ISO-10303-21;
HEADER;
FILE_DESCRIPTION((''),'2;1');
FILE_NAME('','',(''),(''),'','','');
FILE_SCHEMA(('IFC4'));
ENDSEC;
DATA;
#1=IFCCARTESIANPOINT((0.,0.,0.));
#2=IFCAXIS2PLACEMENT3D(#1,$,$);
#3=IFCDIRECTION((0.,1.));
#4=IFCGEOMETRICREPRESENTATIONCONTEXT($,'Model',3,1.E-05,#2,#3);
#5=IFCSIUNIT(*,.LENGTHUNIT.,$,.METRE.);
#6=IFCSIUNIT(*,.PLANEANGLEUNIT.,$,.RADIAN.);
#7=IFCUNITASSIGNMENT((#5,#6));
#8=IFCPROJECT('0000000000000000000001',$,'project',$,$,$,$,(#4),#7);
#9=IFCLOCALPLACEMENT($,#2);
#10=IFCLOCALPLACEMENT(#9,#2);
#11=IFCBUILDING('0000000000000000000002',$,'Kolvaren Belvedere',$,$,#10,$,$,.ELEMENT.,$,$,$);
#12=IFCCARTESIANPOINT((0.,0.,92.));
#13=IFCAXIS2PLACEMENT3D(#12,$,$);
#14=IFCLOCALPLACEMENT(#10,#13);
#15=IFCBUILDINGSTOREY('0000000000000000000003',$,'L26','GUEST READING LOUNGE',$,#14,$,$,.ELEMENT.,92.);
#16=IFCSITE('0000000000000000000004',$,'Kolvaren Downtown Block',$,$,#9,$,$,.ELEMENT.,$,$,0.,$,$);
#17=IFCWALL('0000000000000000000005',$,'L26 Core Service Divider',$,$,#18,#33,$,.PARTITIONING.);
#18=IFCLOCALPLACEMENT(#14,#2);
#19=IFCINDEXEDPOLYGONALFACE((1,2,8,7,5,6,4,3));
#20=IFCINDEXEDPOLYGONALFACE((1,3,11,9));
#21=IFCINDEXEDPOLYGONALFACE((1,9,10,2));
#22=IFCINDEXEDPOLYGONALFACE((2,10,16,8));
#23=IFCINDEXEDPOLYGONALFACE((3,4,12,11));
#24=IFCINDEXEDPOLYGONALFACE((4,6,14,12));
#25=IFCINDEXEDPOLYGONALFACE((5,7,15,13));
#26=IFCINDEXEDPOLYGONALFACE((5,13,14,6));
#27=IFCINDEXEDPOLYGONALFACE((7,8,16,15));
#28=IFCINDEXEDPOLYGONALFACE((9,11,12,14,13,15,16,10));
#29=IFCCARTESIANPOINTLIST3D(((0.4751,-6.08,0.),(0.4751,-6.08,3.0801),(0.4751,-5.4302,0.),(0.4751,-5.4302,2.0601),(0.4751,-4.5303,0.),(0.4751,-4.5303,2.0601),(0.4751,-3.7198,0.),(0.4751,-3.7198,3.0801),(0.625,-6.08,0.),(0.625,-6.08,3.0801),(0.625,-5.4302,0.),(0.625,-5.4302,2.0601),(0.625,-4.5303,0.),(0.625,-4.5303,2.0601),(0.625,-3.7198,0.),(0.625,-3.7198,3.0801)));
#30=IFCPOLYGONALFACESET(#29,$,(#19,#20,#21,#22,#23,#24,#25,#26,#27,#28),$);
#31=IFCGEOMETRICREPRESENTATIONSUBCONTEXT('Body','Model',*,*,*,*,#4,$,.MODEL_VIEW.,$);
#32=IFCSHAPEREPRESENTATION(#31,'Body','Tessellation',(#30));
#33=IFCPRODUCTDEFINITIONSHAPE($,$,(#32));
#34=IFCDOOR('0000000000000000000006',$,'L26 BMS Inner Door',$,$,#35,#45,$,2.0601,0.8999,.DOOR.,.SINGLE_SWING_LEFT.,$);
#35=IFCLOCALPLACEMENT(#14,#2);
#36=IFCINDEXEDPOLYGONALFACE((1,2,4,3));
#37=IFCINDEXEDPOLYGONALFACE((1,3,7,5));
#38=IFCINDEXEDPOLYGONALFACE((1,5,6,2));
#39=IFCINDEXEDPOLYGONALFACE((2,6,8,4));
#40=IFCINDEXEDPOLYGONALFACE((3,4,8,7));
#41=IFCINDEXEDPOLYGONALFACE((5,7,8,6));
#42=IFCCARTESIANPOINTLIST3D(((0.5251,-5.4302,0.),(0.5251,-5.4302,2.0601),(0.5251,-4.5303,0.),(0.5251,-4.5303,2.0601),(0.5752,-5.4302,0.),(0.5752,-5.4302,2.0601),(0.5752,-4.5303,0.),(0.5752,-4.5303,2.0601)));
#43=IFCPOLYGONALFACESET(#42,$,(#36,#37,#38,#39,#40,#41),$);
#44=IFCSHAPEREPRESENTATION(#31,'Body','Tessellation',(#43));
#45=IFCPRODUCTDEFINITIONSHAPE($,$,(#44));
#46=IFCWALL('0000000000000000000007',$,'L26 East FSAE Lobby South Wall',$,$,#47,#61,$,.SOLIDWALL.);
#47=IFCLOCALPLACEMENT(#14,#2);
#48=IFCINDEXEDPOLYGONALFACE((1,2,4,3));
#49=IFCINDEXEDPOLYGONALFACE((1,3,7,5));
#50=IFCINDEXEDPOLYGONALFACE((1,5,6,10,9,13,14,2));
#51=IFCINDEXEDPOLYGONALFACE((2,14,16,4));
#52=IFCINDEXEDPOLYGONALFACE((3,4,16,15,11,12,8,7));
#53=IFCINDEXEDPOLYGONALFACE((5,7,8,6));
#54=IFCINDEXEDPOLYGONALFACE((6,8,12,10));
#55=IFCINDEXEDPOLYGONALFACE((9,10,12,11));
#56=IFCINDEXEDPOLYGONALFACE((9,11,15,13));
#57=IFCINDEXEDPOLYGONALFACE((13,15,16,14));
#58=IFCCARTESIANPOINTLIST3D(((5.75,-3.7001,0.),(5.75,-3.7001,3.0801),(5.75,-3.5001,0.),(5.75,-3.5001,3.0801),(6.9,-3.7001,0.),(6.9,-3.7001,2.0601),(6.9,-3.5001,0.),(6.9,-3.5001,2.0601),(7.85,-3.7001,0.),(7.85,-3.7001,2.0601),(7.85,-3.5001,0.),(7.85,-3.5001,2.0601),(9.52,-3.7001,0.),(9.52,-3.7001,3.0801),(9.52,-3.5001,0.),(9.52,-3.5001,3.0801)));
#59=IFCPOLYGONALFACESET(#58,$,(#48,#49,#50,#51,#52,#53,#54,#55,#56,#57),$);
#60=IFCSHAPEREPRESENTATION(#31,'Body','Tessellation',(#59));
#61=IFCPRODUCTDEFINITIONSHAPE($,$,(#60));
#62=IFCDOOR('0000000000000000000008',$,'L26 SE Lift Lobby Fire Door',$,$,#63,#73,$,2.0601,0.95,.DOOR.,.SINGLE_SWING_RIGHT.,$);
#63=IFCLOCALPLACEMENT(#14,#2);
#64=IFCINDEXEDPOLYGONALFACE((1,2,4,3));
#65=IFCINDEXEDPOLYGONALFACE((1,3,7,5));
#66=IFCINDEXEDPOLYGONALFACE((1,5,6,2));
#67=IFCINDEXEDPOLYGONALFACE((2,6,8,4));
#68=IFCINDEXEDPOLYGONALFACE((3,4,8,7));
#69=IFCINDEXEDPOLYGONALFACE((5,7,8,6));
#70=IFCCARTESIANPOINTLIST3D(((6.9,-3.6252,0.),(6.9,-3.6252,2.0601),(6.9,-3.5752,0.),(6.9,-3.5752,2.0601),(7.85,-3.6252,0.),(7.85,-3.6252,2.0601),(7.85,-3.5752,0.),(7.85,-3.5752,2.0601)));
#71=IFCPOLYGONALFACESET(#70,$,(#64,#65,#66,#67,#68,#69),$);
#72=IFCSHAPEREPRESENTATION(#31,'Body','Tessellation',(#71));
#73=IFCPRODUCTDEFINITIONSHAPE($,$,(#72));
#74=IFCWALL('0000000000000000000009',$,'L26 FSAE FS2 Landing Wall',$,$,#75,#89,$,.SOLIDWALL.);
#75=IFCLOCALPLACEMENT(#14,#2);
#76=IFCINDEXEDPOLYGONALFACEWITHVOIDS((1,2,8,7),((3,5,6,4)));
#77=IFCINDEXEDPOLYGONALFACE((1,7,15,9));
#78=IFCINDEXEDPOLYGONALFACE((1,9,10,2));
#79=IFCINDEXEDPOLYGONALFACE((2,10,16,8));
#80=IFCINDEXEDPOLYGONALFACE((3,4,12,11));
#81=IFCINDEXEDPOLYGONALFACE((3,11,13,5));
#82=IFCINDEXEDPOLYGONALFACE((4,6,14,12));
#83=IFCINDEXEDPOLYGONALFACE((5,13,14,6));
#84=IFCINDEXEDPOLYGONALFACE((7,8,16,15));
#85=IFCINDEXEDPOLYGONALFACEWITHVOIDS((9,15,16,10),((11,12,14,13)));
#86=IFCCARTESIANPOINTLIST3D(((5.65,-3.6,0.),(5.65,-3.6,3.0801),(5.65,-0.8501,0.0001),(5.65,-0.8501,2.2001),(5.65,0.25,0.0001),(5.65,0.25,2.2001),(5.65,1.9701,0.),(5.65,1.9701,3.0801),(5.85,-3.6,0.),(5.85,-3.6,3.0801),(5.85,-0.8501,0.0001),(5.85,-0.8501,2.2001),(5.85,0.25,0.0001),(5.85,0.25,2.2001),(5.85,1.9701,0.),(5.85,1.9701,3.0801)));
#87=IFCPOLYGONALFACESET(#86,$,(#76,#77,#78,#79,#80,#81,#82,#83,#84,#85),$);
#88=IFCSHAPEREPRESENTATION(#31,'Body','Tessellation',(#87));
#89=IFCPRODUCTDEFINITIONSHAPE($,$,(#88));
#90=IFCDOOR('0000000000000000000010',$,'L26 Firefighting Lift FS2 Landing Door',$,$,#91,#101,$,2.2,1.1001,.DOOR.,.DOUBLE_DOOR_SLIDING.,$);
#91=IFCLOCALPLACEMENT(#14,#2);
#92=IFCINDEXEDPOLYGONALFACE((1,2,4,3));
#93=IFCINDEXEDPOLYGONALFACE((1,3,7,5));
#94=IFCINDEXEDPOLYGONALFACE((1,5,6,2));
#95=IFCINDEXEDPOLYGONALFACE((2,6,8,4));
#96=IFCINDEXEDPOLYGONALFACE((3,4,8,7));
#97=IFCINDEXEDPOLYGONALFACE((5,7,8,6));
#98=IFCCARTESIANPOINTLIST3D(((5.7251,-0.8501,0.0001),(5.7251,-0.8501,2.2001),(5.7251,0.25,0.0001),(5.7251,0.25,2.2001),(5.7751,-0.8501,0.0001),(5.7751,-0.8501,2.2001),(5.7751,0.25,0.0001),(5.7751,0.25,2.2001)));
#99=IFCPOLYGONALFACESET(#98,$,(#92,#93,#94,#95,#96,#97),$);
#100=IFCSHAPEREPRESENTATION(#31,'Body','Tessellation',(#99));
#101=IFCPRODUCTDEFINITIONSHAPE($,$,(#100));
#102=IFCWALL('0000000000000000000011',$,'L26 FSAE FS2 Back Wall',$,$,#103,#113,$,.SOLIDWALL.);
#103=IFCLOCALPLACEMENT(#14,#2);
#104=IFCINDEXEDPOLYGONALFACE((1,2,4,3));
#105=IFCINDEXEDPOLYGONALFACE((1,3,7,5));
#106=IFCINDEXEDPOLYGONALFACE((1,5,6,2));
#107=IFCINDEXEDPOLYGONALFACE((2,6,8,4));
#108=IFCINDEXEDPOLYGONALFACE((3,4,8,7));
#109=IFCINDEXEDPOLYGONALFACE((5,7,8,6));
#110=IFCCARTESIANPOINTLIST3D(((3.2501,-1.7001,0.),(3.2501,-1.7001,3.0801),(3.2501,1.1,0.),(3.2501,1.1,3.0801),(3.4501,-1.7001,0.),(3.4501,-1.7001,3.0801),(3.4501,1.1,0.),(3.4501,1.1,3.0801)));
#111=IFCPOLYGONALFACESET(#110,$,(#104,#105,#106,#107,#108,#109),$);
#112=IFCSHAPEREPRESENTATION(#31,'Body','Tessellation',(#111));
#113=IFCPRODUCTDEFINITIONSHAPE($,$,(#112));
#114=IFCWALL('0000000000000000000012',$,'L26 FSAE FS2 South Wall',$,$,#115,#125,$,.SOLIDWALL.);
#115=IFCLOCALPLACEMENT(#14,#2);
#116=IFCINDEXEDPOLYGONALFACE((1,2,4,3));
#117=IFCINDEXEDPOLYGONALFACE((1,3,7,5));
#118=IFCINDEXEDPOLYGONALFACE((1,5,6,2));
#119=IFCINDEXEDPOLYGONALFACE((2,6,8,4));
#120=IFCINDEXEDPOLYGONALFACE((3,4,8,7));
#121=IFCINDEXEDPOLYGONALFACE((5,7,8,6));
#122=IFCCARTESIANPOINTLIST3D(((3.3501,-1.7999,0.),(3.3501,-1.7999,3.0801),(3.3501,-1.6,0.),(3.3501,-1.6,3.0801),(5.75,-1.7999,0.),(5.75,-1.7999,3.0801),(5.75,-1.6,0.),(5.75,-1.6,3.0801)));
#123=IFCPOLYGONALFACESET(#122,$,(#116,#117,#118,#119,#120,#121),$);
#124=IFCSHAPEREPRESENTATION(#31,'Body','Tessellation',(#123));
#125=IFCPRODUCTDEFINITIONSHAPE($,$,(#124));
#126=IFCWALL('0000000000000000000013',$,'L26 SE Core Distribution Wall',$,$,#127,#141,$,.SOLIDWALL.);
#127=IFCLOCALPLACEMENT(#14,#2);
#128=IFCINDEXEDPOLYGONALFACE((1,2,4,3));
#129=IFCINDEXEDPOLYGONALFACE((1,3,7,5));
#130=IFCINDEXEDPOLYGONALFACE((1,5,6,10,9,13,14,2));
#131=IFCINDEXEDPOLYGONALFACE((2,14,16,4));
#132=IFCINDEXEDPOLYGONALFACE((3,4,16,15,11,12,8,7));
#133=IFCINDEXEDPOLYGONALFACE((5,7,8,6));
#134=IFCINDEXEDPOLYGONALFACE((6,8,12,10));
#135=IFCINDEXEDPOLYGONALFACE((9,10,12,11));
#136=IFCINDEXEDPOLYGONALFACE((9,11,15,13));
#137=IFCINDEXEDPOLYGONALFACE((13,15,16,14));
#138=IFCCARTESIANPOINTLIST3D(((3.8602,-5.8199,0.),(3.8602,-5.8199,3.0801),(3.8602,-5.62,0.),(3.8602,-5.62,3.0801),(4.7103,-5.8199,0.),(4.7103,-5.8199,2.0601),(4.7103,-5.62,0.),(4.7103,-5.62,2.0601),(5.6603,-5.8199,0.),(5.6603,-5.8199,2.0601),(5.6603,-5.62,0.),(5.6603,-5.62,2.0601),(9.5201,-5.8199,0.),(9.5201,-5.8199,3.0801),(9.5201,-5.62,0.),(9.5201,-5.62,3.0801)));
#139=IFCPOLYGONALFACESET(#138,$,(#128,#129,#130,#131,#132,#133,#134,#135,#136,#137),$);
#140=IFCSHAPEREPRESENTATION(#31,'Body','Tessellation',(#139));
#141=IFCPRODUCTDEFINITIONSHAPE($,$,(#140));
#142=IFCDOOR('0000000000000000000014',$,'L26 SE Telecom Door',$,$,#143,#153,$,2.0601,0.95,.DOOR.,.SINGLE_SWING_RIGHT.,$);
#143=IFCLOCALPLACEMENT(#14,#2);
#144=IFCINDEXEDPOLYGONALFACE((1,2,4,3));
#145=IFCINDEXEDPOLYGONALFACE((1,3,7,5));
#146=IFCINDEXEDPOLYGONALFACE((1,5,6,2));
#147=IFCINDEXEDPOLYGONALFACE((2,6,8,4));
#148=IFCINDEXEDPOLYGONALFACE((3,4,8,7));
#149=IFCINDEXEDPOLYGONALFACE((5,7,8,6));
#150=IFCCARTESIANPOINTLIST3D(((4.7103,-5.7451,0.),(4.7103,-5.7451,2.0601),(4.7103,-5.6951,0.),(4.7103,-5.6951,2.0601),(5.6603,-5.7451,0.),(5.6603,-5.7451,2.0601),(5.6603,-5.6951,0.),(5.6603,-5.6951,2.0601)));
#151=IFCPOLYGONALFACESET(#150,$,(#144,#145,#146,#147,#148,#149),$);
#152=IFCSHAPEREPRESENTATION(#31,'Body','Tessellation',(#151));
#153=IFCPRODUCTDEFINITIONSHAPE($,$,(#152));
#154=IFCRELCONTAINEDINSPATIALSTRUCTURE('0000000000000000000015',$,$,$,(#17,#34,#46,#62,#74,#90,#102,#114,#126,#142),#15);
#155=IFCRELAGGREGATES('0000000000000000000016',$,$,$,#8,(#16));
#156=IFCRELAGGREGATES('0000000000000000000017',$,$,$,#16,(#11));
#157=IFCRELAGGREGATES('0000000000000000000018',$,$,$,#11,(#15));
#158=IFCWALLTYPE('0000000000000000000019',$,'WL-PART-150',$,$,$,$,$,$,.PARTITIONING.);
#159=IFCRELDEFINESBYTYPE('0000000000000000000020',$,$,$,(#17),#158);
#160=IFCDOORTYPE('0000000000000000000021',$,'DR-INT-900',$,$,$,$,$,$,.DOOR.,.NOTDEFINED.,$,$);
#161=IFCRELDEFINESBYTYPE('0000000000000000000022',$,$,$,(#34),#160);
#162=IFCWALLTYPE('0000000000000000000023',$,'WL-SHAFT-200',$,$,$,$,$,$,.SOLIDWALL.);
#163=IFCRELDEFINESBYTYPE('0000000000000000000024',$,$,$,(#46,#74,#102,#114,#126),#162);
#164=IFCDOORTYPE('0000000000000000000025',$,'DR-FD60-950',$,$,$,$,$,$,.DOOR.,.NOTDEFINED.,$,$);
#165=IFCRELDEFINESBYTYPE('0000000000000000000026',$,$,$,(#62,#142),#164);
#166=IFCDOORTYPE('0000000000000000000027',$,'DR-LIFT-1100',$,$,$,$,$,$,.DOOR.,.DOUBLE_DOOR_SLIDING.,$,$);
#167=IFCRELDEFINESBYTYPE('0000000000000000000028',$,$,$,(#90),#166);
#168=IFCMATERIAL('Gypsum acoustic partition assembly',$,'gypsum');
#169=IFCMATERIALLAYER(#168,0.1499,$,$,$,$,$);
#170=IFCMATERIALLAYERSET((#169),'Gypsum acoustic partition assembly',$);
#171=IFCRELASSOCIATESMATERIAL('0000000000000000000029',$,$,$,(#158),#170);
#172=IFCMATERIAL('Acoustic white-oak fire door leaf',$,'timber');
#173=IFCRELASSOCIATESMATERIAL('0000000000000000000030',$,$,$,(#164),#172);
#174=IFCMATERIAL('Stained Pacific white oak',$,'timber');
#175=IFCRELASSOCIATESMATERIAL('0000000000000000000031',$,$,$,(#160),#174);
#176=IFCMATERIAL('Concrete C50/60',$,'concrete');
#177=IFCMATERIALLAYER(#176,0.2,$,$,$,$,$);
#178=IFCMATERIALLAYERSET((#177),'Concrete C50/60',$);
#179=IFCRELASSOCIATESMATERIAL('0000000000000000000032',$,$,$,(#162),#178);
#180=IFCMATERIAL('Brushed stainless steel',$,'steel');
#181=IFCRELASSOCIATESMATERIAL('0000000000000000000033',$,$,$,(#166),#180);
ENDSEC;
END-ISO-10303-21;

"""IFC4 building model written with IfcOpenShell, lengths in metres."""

from ifc_helpers import new_model, si_unit, direction, frame, frame_2d, origin, place, context, subcontext, project, spatial, rectangle, extrude, material, layer, layer_set, type_object, element, fill, save


model = new_model("IFC4")

# Units and contexts
model_context = context("Model", 3, precision=1e-05, world=origin(), true_north=direction((0.0, 1.0)))
body_context = subcontext(model_context, "Body", "Model", "MODEL_VIEW")
ifc_project = project(units=[si_unit("LENGTHUNIT", "METRE"), si_unit("PLANEANGLEUNIT", "RADIAN")], contexts=[model_context])

# Site, building, storey
site_placement = place(None, origin())
site = spatial("IfcSite", under=ifc_project, at=site_placement, Name="Kolvaren Downtown Block", CompositionType="ELEMENT", RefElevation=0.0)
building_placement = place(site_placement, origin())
building = spatial("IfcBuilding", under=site, at=building_placement, Name="Kolvaren Belvedere", CompositionType="ELEMENT")
storey_placement = place(building_placement, frame((0.0, 0.0, 92.0)))
storey = spatial("IfcBuildingStorey", under=building, at=storey_placement, Name="L26", Description="GUEST READING LOUNGE", CompositionType="ELEMENT", Elevation=92.0)

# Walls, openings, doors
ifc_material_1 = material(Name="Gypsum acoustic partition assembly", Category="gypsum")
ifc_layer_1 = layer(ifc_material_1, 0.1499)
ifc_layer_set_1 = layer_set([ifc_layer_1], Name="Gypsum acoustic partition assembly")
wall_type_1 = type_object("IfcWallType", Name="WL-PART-150", PredefinedType="PARTITIONING", material=ifc_layer_set_1)
ifc_material_2 = material(Name="Acoustic white-oak fire door leaf", Category="timber")
door_type_1 = type_object("IfcDoorType", Name="DR-FD60-950", OperationType="NOTDEFINED", PredefinedType="DOOR", material=ifc_material_2)
wall_1_placement = place(storey_placement, frame((0.55, -6.0801, 0.0), z_axis=(0.0, 0.0, 1.0), x_axis=(0.0, 1.0, 0.0)))
wall_1 = element("IfcWall", 1, at=wall_1_placement, inside=storey, type_object=wall_type_1, Name="L26 Core Service Divider", PredefinedType="PARTITIONING", context=body_context, shape_type="SweptSolid", body=[
    extrude(rectangle(XDim=2.3601, YDim=0.1499, at=frame_2d((1.1802, 0.0))), origin(), (0.0, 0.0, 1.0), 3.0801),
])
opening_1_placement = place(wall_1_placement, frame((0.6499, 0.0, 0.0)))
opening_1 = element("IfcOpeningElement", 2, at=opening_1_placement, cuts=wall_1, PredefinedType="OPENING", context=body_context, shape_type="SweptSolid", body=[
    extrude(rectangle(XDim=0.8999, YDim=2.0601, at=frame_2d((0.45, 1.03))), frame((0.0, 0.085, 0.0), z_axis=(0.0, -1.0, 0.0), x_axis=(1.0, 0.0, 0.0)), (0.0, 0.0, 1.0), 0.1699),
])
ifc_material_3 = material(Name="Stained Pacific white oak", Category="timber")
door_type_2 = type_object("IfcDoorType", Name="DR-INT-900", OperationType="NOTDEFINED", PredefinedType="DOOR", material=ifc_material_3)
door_1_placement = place(opening_1_placement, origin())
door_1 = element("IfcDoor", 3, at=door_1_placement, inside=storey, type_object=door_type_2, Name="L26 BMS Inner Door", OperationType="SINGLE_SWING_LEFT", OverallHeight=2.0601, OverallWidth=0.8999, PredefinedType="DOOR", context=body_context, shape_type="SweptSolid", body=[
    extrude(rectangle(XDim=0.8999, YDim=2.0601, at=frame_2d((0.45, 1.03))), frame((0.0, 0.0249, 0.0), z_axis=(0.0, -1.0, 0.0), x_axis=(1.0, 0.0, 0.0)), (0.0, 0.0, 1.0), 0.05),
])
fill(opening_1, door_1)
ifc_material_4 = material(Name="Concrete C50/60", Category="concrete")
ifc_layer_2 = layer(ifc_material_4, 0.2)
ifc_layer_set_2 = layer_set([ifc_layer_2], Name="Concrete C50/60")
wall_type_2 = type_object("IfcWallType", Name="WL-SHAFT-200", PredefinedType="SOLIDWALL", material=ifc_layer_set_2)
wall_2_placement = place(storey_placement, frame((5.75, -3.6001, 0.0), z_axis=(0.0, 0.0, 1.0), x_axis=(1.0, 0.0, 0.0)))
wall_2 = element("IfcWall", 4, at=wall_2_placement, inside=storey, type_object=wall_type_2, Name="L26 East FSAE Lobby South Wall", PredefinedType="SOLIDWALL", context=body_context, shape_type="SweptSolid", body=[
    extrude(rectangle(XDim=3.77, YDim=0.2, at=frame_2d((1.885, 0.0))), origin(), (0.0, 0.0, 1.0), 3.0801),
])
opening_2_placement = place(wall_2_placement, frame((1.1499, 0.0, 0.0)))
opening_2 = element("IfcOpeningElement", 5, at=opening_2_placement, cuts=wall_2, PredefinedType="OPENING", context=body_context, shape_type="SweptSolid", body=[
    extrude(rectangle(XDim=0.95, YDim=2.0601, at=frame_2d((0.4751, 1.03))), frame((0.0, 0.1099, 0.0), z_axis=(0.0, -1.0, 0.0), x_axis=(1.0, 0.0, 0.0)), (0.0, 0.0, 1.0), 0.22),
])
door_2_placement = place(opening_2_placement, origin())
door_2 = element("IfcDoor", 6, at=door_2_placement, inside=storey, type_object=door_type_1, Name="L26 SE Lift Lobby Fire Door", OperationType="SINGLE_SWING_RIGHT", OverallHeight=2.0601, OverallWidth=0.95, PredefinedType="DOOR", context=body_context, shape_type="SweptSolid", body=[
    extrude(rectangle(XDim=0.95, YDim=2.0601, at=frame_2d((0.4751, 1.03))), frame((0.0, 0.0249, 0.0), z_axis=(0.0, -1.0, 0.0), x_axis=(1.0, 0.0, 0.0)), (0.0, 0.0, 1.0), 0.05),
])
fill(opening_2, door_2)
wall_3_placement = place(storey_placement, frame((5.75, -3.6001, 0.0), z_axis=(0.0, 0.0, 1.0), x_axis=(0.0, 1.0, 0.0)))
wall_3 = element("IfcWall", 7, at=wall_3_placement, inside=storey, type_object=wall_type_2, Name="L26 FSAE FS2 Landing Wall", PredefinedType="SOLIDWALL", context=body_context, shape_type="SweptSolid", body=[
    extrude(rectangle(XDim=5.5701, YDim=0.2, at=frame_2d((2.7852, 0.0))), origin(), (0.0, 0.0, 1.0), 3.0801),
])
opening_3_placement = place(wall_3_placement, frame((2.75, 0.0, 0.0)))
opening_3 = element("IfcOpeningElement", 8, at=opening_3_placement, cuts=wall_3, PredefinedType="OPENING", context=body_context, shape_type="SweptSolid", body=[
    extrude(rectangle(XDim=1.1001, YDim=2.2, at=frame_2d((0.55, 1.1001))), frame((0.0, 0.1099, 0.0), z_axis=(0.0, -1.0, 0.0), x_axis=(1.0, 0.0, 0.0)), (0.0, 0.0, 1.0), 0.22),
])
ifc_material_5 = material(Name="Brushed stainless steel", Category="steel")
door_type_3 = type_object("IfcDoorType", Name="DR-LIFT-1100", OperationType="DOUBLE_DOOR_SLIDING", PredefinedType="DOOR", material=ifc_material_5)
door_3_placement = place(opening_3_placement, origin())
door_3 = element("IfcDoor", 9, at=door_3_placement, inside=storey, type_object=door_type_3, Name="L26 Firefighting Lift FS2 Landing Door", OperationType="DOUBLE_DOOR_SLIDING", OverallHeight=2.2, OverallWidth=1.1001, PredefinedType="DOOR", context=body_context, shape_type="SweptSolid", body=[
    extrude(rectangle(XDim=1.1001, YDim=2.2, at=frame_2d((0.55, 1.1001))), frame((0.0, 0.0249, 0.0), z_axis=(0.0, -1.0, 0.0), x_axis=(1.0, 0.0, 0.0)), (0.0, 0.0, 1.0), 0.05),
])
fill(opening_3, door_3)

# Walls
wall_4_placement = place(storey_placement, frame((3.3501, -1.7, 0.0), z_axis=(0.0, 0.0, 1.0), x_axis=(0.0, 1.0, 0.0)))
element("IfcWall", 10, at=wall_4_placement, inside=storey, type_object=wall_type_2, Name="L26 FSAE FS2 Back Wall", PredefinedType="SOLIDWALL", context=body_context, shape_type="SweptSolid", body=[
    extrude(rectangle(XDim=2.8, YDim=0.2, at=frame_2d((1.3999, 0.0))), origin(), (0.0, 0.0, 1.0), 3.0801),
])
wall_5_placement = place(storey_placement, frame((3.3501, -1.7, 0.0), z_axis=(0.0, 0.0, 1.0), x_axis=(1.0, 0.0, 0.0)))
element("IfcWall", 11, at=wall_5_placement, inside=storey, type_object=wall_type_2, Name="L26 FSAE FS2 South Wall", PredefinedType="SOLIDWALL", context=body_context, shape_type="SweptSolid", body=[
    extrude(rectangle(XDim=2.3999, YDim=0.2, at=frame_2d((1.2, 0.0))), origin(), (0.0, 0.0, 1.0), 3.0801),
])

# Wall, opening, door
wall_6_placement = place(storey_placement, frame((3.8601, -5.72, 0.0), z_axis=(0.0, 0.0, 1.0), x_axis=(1.0, 0.0, 0.0)))
wall_6 = element("IfcWall", 12, at=wall_6_placement, inside=storey, type_object=wall_type_2, Name="L26 SE Core Distribution Wall", PredefinedType="SOLIDWALL", context=body_context, shape_type="SweptSolid", body=[
    extrude(rectangle(XDim=5.6599, YDim=0.2, at=frame_2d((2.8301, 0.0))), origin(), (0.0, 0.0, 1.0), 3.0801),
])
opening_4_placement = place(wall_6_placement, frame((0.8501, 0.0, 0.0)))
opening_4 = element("IfcOpeningElement", 13, at=opening_4_placement, cuts=wall_6, PredefinedType="OPENING", context=body_context, shape_type="SweptSolid", body=[
    extrude(rectangle(XDim=0.95, YDim=2.0601, at=frame_2d((0.4751, 1.03))), frame((0.0, 0.1099, 0.0), z_axis=(0.0, -1.0, 0.0), x_axis=(1.0, 0.0, 0.0)), (0.0, 0.0, 1.0), 0.22),
])
door_4_placement = place(opening_4_placement, origin())
door_4 = element("IfcDoor", 14, at=door_4_placement, inside=storey, type_object=door_type_1, Name="L26 SE Telecom Door", OperationType="SINGLE_SWING_RIGHT", OverallHeight=2.0601, OverallWidth=0.95, PredefinedType="DOOR", context=body_context, shape_type="SweptSolid", body=[
    extrude(rectangle(XDim=0.95, YDim=2.0601, at=frame_2d((0.4751, 1.03))), frame((0.0, 0.0249, 0.0), z_axis=(0.0, -1.0, 0.0), x_axis=(1.0, 0.0, 0.0)), (0.0, 0.0, 1.0), 0.05),
])
fill(opening_4, door_4)

save(model, "model.ifc")
